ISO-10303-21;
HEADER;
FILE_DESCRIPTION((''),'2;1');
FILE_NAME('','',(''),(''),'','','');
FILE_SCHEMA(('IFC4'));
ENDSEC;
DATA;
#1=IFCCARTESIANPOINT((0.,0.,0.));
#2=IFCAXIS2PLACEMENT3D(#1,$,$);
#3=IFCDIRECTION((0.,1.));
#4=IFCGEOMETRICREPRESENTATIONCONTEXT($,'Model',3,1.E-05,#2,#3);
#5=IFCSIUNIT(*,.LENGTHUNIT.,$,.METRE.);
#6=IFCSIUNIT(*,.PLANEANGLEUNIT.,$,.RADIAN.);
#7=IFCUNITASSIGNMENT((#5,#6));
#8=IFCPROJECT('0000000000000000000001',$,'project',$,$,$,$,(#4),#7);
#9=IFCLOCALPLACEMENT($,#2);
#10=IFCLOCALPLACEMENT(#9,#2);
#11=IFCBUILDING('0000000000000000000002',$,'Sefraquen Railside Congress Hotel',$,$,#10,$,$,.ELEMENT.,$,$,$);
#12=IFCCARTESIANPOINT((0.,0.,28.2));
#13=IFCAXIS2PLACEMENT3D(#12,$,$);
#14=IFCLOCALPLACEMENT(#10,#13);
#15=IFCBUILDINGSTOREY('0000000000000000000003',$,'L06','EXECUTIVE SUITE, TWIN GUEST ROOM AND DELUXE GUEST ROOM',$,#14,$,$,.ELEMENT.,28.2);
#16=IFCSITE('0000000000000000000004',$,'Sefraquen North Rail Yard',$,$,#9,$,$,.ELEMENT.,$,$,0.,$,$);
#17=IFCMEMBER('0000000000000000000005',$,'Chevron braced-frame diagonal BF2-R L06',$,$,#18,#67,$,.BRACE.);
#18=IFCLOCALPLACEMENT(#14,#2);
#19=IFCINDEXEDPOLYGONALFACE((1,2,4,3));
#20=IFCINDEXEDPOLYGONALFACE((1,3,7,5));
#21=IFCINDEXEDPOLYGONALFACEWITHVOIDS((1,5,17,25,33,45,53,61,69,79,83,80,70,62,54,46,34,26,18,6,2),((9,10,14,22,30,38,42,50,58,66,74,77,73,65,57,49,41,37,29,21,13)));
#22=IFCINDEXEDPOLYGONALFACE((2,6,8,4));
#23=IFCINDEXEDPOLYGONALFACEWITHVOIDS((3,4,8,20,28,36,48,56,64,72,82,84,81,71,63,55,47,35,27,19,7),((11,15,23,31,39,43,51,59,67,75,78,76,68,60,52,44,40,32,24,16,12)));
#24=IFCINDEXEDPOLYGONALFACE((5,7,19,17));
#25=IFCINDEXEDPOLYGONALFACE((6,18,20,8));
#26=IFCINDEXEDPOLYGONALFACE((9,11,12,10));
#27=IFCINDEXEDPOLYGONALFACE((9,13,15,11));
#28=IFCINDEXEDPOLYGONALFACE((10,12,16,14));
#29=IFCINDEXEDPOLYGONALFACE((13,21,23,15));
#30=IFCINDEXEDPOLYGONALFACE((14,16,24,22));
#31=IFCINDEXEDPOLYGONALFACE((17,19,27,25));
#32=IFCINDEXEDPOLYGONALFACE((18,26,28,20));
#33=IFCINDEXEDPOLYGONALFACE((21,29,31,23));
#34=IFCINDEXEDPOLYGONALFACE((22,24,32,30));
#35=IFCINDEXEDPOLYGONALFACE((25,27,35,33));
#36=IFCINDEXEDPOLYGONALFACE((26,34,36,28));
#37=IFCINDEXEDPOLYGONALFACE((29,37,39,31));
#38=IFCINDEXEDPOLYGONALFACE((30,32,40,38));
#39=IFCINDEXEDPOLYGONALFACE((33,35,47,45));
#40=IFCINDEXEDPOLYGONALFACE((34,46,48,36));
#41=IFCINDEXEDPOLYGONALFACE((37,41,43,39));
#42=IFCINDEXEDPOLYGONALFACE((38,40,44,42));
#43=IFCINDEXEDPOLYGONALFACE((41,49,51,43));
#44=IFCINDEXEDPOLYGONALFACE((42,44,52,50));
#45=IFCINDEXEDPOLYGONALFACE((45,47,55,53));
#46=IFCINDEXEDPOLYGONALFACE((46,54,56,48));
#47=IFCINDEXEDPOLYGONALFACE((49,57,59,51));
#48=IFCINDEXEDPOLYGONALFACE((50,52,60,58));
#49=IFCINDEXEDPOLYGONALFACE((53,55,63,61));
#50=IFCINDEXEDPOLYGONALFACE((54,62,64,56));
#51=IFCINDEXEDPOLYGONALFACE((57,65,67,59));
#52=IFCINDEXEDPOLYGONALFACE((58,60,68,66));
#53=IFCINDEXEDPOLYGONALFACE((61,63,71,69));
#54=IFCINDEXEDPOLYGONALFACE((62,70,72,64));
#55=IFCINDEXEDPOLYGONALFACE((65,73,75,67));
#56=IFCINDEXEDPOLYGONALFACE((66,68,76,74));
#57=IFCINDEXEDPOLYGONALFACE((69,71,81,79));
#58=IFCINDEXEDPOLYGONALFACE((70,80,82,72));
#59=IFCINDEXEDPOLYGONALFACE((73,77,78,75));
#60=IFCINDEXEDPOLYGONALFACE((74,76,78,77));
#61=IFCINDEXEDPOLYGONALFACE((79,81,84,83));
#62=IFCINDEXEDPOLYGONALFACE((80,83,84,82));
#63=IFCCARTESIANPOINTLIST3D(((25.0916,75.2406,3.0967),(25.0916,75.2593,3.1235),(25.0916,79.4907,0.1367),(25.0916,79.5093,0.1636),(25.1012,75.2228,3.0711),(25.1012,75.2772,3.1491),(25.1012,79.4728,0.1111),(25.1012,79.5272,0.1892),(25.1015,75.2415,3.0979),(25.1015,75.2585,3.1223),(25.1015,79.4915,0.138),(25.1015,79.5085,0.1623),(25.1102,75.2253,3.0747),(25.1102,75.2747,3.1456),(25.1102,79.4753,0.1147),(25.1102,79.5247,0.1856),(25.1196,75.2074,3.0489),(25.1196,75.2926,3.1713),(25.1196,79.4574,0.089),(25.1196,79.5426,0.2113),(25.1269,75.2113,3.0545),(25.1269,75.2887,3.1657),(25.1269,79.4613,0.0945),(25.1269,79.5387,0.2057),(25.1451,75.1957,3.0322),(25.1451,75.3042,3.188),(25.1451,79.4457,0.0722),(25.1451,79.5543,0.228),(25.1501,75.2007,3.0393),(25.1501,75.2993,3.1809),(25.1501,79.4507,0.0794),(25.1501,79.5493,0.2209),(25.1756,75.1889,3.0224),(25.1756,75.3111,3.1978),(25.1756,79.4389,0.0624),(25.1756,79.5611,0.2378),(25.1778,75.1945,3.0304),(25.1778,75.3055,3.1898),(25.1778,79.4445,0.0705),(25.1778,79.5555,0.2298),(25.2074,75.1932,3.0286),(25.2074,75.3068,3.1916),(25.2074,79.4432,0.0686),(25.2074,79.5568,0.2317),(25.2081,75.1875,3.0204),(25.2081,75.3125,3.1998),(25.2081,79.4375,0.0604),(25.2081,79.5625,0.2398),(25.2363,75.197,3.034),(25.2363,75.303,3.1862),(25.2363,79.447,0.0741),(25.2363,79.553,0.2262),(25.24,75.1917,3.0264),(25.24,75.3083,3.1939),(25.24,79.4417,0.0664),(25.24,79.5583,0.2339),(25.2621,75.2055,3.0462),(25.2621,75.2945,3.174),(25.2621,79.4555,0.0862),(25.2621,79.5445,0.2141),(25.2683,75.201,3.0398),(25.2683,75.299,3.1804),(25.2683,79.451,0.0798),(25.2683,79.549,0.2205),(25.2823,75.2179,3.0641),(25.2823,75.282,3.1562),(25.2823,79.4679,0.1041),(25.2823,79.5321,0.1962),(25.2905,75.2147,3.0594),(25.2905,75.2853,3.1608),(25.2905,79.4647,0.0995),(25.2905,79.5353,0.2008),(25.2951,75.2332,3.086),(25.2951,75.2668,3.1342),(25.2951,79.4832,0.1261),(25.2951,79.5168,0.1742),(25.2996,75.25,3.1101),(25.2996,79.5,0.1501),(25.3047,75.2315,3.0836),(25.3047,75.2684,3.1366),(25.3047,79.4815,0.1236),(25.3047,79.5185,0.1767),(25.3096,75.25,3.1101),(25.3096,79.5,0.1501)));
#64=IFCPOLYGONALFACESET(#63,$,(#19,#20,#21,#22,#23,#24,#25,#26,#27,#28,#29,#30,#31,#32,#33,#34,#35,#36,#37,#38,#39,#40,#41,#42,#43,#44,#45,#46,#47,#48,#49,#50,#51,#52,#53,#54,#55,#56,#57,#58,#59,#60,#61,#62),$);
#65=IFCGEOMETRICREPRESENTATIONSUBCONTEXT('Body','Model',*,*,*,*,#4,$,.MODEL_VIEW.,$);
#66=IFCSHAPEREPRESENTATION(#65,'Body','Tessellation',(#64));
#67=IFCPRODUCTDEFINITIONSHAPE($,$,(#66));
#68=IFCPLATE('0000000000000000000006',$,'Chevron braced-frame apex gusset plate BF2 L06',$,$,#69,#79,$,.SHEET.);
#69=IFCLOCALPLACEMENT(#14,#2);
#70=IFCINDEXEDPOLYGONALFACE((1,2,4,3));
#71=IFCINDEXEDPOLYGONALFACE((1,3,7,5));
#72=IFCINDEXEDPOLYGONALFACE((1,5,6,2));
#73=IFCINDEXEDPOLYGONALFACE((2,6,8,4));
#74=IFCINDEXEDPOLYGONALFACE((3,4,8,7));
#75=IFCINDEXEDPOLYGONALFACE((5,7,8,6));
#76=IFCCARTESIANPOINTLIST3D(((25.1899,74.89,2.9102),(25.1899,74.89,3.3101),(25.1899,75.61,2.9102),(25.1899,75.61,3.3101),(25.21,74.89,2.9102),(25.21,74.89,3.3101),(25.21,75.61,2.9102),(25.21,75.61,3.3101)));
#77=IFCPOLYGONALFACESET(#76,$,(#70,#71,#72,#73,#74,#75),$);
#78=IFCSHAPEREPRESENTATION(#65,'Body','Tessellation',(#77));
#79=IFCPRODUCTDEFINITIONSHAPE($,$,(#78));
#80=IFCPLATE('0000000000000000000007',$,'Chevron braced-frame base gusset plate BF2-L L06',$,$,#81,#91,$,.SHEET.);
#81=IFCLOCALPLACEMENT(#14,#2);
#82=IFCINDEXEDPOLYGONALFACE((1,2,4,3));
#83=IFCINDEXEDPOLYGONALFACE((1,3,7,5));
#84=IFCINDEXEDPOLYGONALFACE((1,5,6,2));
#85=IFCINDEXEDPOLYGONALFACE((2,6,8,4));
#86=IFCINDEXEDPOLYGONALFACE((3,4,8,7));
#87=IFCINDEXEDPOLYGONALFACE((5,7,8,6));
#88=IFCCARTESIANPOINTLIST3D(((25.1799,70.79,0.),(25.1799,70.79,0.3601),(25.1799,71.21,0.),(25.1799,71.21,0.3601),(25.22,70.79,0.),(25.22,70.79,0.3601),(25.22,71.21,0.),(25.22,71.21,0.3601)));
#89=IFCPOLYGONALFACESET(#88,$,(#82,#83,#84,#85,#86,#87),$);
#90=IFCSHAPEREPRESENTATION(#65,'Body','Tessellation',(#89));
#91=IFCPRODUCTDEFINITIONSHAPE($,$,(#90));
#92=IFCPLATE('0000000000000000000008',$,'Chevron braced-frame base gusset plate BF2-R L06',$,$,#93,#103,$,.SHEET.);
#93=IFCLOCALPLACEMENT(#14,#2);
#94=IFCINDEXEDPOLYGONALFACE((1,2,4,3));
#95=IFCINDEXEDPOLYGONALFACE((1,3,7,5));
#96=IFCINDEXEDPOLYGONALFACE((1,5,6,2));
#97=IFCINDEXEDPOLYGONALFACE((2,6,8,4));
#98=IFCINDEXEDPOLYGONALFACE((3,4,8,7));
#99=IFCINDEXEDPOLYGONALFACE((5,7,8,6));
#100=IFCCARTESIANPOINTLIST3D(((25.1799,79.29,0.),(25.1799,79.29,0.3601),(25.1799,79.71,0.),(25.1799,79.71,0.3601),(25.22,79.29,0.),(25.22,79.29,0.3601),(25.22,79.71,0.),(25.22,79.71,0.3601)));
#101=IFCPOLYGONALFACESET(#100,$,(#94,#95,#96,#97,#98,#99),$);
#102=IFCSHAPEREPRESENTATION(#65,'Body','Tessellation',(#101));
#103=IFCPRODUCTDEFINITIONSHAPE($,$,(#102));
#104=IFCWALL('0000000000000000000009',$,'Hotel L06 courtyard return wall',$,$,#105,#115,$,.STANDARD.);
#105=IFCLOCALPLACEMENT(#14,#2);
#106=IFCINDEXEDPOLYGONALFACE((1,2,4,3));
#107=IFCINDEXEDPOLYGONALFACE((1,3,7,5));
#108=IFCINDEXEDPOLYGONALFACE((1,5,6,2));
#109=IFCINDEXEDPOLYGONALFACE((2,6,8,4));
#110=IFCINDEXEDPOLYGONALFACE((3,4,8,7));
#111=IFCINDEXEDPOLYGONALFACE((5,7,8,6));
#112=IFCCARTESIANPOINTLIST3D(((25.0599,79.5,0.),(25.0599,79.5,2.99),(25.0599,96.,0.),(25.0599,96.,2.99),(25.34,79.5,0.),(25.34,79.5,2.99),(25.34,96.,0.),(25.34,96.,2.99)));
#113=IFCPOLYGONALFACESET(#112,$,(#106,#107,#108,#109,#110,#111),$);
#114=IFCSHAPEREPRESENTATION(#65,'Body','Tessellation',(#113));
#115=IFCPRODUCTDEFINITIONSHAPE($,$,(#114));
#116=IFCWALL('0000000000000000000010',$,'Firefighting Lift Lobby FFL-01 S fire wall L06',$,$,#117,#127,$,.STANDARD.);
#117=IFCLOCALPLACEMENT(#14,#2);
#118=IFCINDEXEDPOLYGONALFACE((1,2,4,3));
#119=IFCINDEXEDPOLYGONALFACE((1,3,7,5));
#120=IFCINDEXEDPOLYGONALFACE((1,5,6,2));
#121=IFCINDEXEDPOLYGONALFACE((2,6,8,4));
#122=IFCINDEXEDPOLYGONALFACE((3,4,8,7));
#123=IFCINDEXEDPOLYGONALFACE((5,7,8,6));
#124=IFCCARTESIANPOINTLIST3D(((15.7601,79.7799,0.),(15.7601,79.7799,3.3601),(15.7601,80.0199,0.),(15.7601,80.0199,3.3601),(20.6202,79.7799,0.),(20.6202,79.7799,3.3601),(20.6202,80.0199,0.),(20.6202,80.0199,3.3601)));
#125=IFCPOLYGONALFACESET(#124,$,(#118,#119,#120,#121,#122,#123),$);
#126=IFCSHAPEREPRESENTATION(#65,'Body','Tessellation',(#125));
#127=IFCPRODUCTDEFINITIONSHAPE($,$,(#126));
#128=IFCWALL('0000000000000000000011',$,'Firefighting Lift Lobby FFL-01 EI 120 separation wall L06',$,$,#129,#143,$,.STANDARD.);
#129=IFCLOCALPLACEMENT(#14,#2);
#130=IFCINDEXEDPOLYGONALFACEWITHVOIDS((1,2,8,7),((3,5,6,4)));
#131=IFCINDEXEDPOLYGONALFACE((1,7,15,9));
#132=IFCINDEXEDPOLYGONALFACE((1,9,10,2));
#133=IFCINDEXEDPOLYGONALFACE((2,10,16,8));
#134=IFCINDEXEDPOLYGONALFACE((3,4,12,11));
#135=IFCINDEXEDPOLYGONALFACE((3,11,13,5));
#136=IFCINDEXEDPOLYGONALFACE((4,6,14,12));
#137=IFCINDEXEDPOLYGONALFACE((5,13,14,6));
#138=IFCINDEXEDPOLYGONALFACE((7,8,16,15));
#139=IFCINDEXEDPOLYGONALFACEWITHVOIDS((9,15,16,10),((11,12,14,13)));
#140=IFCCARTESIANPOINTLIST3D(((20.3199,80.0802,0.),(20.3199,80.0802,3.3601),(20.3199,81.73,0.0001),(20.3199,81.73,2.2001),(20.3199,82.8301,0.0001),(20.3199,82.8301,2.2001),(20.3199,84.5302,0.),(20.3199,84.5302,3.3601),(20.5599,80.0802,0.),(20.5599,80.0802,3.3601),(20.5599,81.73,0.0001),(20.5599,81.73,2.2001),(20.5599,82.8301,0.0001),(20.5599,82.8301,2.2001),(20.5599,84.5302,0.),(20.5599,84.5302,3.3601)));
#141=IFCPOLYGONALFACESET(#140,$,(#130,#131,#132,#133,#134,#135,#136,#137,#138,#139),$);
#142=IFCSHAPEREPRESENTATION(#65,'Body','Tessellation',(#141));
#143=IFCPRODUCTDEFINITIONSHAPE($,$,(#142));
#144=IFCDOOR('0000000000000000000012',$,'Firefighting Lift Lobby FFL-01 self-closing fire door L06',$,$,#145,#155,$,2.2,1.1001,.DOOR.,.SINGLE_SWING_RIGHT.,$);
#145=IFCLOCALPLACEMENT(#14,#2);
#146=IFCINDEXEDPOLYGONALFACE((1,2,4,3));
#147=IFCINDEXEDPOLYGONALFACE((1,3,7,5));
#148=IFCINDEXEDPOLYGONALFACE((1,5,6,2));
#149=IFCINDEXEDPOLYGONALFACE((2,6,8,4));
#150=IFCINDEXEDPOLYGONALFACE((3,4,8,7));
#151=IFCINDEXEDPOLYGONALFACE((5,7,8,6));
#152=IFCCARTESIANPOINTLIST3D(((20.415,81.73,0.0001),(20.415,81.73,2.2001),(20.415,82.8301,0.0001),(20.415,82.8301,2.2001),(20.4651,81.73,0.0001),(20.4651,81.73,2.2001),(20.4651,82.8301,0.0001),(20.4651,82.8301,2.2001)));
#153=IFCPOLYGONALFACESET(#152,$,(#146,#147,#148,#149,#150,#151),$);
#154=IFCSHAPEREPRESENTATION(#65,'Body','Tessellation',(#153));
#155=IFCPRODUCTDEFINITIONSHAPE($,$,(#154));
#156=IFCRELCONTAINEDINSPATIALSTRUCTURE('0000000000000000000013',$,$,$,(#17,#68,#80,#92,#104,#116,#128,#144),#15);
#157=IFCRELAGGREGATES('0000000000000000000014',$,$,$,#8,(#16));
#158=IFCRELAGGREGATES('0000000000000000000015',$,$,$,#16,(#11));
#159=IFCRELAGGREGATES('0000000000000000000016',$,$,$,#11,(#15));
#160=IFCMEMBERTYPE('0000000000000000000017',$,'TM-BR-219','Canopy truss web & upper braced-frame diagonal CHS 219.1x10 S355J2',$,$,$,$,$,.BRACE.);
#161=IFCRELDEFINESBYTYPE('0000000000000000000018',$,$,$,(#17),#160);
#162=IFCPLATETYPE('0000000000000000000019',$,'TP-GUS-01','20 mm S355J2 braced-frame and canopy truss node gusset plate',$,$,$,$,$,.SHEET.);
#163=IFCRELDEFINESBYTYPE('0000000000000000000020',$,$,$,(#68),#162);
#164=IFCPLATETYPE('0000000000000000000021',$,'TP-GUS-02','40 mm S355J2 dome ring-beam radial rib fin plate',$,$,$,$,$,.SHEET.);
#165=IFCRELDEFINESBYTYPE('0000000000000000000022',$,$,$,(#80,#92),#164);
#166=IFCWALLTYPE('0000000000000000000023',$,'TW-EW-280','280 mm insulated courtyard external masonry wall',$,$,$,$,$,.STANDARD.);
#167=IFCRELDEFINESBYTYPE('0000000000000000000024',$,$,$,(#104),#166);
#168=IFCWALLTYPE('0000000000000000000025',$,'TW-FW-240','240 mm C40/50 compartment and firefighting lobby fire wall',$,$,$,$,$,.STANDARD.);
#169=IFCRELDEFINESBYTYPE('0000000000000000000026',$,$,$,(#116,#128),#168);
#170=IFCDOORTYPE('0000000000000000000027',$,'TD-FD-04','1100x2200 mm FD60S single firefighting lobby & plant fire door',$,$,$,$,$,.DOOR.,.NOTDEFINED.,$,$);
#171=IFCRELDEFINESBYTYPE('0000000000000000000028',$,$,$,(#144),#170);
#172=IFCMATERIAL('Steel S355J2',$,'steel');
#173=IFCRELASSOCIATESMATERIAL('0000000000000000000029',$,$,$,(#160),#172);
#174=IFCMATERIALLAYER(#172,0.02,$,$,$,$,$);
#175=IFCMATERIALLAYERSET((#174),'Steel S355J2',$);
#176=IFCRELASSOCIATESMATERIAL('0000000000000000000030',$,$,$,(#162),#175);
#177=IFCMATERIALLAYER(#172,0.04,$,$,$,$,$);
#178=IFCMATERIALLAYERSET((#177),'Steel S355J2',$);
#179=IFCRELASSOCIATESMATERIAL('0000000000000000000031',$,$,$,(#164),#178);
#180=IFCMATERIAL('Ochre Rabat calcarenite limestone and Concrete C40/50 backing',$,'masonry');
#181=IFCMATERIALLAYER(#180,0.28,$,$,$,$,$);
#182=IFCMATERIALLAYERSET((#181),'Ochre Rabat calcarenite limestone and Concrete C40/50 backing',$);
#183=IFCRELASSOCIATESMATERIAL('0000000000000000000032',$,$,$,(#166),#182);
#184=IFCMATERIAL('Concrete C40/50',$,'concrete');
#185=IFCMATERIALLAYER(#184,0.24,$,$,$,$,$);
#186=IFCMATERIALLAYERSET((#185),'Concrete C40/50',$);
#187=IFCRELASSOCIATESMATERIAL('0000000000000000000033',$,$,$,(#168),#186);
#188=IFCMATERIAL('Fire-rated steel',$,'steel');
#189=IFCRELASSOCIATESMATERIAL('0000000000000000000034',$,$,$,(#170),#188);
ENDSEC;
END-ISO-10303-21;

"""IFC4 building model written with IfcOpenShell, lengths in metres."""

from ifc_helpers import new_model, si_unit, direction, frame, frame_2d, origin, origin_2d, place, context, subcontext, project, spatial, rectangle, hollow_circle, extrude, material, layer, layer_set, material_profile, profile_set, type_object, element, fill, save


model = new_model("IFC4")

# Units and contexts
model_context = context("Model", 3, precision=1e-05, world=origin(), true_north=direction((0.0, 1.0)))
body_context = subcontext(model_context, "Body", "Model", "MODEL_VIEW")
ifc_project = project(units=[si_unit("LENGTHUNIT", "METRE"), si_unit("PLANEANGLEUNIT", "RADIAN")], contexts=[model_context])

# Site, building, storey
site_placement = place(None, origin())
site = spatial("IfcSite", under=ifc_project, at=site_placement, Name="Sefraquen North Rail Yard", CompositionType="ELEMENT", RefElevation=0.0)
building_placement = place(site_placement, origin())
building = spatial("IfcBuilding", under=site, at=building_placement, Name="Sefraquen Railside Congress Hotel", CompositionType="ELEMENT")
storey_placement = place(building_placement, frame((0.0, 0.0, 28.2)))
storey = spatial("IfcBuildingStorey", under=building, at=storey_placement, Name="L06", Description="EXECUTIVE SUITE, TWIN GUEST ROOM AND DELUXE GUEST ROOM", CompositionType="ELEMENT", Elevation=28.2)

# Member
ifc_material_1 = material(Name="Steel S355J2", Category="steel")
ifc_material_profile_1 = material_profile(ifc_material_1, hollow_circle(Radius=0.1096, WallThickness=0.01, at=origin_2d()), Name="CHS 219.1x10")
ifc_profile_set_1 = profile_set([ifc_material_profile_1], Name="Steel S355J2")
member_type = type_object("IfcMemberType", Name="TM-BR-219", Description="Canopy truss web & upper braced-frame diagonal CHS 219.1x10 S355J2", PredefinedType="BRACE", material=ifc_profile_set_1)
for number, where, z_axis, x_axis, name in (
    (1, (25.2, 79.5, 0.1501), (0.0, -0.820594, 0.571512), (1.0, 0.0, 0.0), "Chevron braced-frame diagonal BF2-R L06"),
):
    element("IfcMember", number, at=place(storey_placement, frame(where, z_axis=z_axis, x_axis=x_axis)), inside=storey, type_object=member_type, Name=name, PredefinedType="BRACE", context=body_context, shape_type="SweptSolid", body=[
        extrude(hollow_circle(Radius=0.1096, WallThickness=0.01, at=origin_2d()), origin(), (0.0, 0.0, 1.0), 5.1792),
    ])

# Plates
ifc_layer_1 = layer(ifc_material_1, 0.02)
ifc_layer_set_1 = layer_set([ifc_layer_1], Name="Steel S355J2")
plate_type_1 = type_object("IfcPlateType", Name="TP-GUS-01", Description="20 mm S355J2 braced-frame and canopy truss node gusset plate", PredefinedType="SHEET", material=ifc_layer_set_1)
plate_placement = place(storey_placement, frame((25.2, 75.25, 2.9102), z_axis=(0.0, 0.0, 1.0), x_axis=(0.0, 1.0, 0.0)))
element("IfcPlate", 2, at=plate_placement, inside=storey, type_object=plate_type_1, Name="Chevron braced-frame apex gusset plate BF2 L06", PredefinedType="SHEET", context=body_context, shape_type="SweptSolid", body=[
    extrude(rectangle(XDim=0.72, YDim=0.02, at=origin_2d()), origin(), (0.0, 0.0, 1.0), 0.3999),
])
ifc_layer_2 = layer(ifc_material_1, 0.04)
ifc_layer_set_2 = layer_set([ifc_layer_2], Name="Steel S355J2")
plate_type_2 = type_object("IfcPlateType", Name="TP-GUS-02", Description="40 mm S355J2 dome ring-beam radial rib fin plate", PredefinedType="SHEET", material=ifc_layer_set_2)
for number, where, z_axis, x_axis, name in (
    (3, (25.2, 71.0, 0.0), (0.0, 0.0, 1.0), (0.0, 1.0, 0.0), "Chevron braced-frame base gusset plate BF2-L L06"),
    (4, (25.2, 79.5, 0.0), (0.0, 0.0, 1.0), (0.0, 1.0, 0.0), "Chevron braced-frame base gusset plate BF2-R L06"),
):
    element("IfcPlate", number, at=place(storey_placement, frame(where, z_axis=z_axis, x_axis=x_axis)), inside=storey, type_object=plate_type_2, Name=name, PredefinedType="SHEET", context=body_context, shape_type="SweptSolid", body=[
        extrude(rectangle(XDim=0.4199, YDim=0.04, at=origin_2d()), origin(), (0.0, 0.0, 1.0), 0.3601),
    ])

# Walls
ifc_material_2 = material(Name="Ochre Rabat calcarenite limestone and Concrete C40/50 backing", Category="masonry")
ifc_layer_3 = layer(ifc_material_2, 0.28)
ifc_layer_set_3 = layer_set([ifc_layer_3], Name="Ochre Rabat calcarenite limestone and Concrete C40/50 backing")
wall_type_1 = type_object("IfcWallType", Name="TW-EW-280", Description="280 mm insulated courtyard external masonry wall", PredefinedType="STANDARD", material=ifc_layer_set_3)
wall_1_placement = place(storey_placement, frame((25.2, 79.5, 0.0), z_axis=(0.0, 0.0, 1.0), x_axis=(0.0, 1.0, 0.0)))
element("IfcWall", 5, at=wall_1_placement, inside=storey, type_object=wall_type_1, Name="Hotel L06 courtyard return wall", PredefinedType="STANDARD", context=body_context, shape_type="SweptSolid", body=[
    extrude(rectangle(XDim=16.5, YDim=0.28, at=frame_2d((8.25, 0.0))), origin(), (0.0, 0.0, 1.0), 2.99),
])
ifc_material_3 = material(Name="Concrete C40/50", Category="concrete")
ifc_layer_4 = layer(ifc_material_3, 0.24)
ifc_layer_set_4 = layer_set([ifc_layer_4], Name="Concrete C40/50")
wall_type_2 = type_object("IfcWallType", Name="TW-FW-240", Description="240 mm C40/50 compartment and firefighting lobby fire wall", PredefinedType="STANDARD", material=ifc_layer_set_4)
wall_2_placement = place(storey_placement, frame((15.76, 79.8999, 0.0), z_axis=(0.0, 0.0, 1.0), x_axis=(1.0, 0.0, 0.0)))
element("IfcWall", 6, at=wall_2_placement, inside=storey, type_object=wall_type_2, Name="Firefighting Lift Lobby FFL-01 S fire wall L06", PredefinedType="STANDARD", context=body_context, shape_type="SweptSolid", body=[
    extrude(rectangle(XDim=4.8601, YDim=0.24, at=frame_2d((2.4302, 0.0))), origin(), (0.0, 0.0, 1.0), 3.3601),
])

# Wall, opening, door
wall_3_placement = place(storey_placement, frame((20.4399, 80.0801, 0.0), z_axis=(0.0, 0.0, 1.0), x_axis=(0.0, 1.0, 0.0)))
wall_3 = element("IfcWall", 7, at=wall_3_placement, inside=storey, type_object=wall_type_2, Name="Firefighting Lift Lobby FFL-01 EI 120 separation wall L06", PredefinedType="STANDARD", context=body_context, shape_type="SweptSolid", body=[
    extrude(rectangle(XDim=4.45, YDim=0.24, at=frame_2d((2.2251, 0.0))), origin(), (0.0, 0.0, 1.0), 3.3601),
])
opening_placement = place(wall_3_placement, frame((1.6499, 0.0, 0.0)))
opening = element("IfcOpeningElement", 8, at=opening_placement, cuts=wall_3, PredefinedType="OPENING", context=body_context, shape_type="SweptSolid", body=[
    extrude(rectangle(XDim=1.1001, YDim=2.2, at=frame_2d((0.55, 1.1001))), frame((0.0, 0.1299, 0.0), z_axis=(0.0, -1.0, 0.0), x_axis=(1.0, 0.0, 0.0)), (0.0, 0.0, 1.0), 0.26),
])
ifc_material_4 = material(Name="Fire-rated steel", Category="steel")
door_type = type_object("IfcDoorType", Name="TD-FD-04", Description="1100x2200 mm FD60S single firefighting lobby & plant fire door", OperationType="NOTDEFINED", PredefinedType="DOOR", material=ifc_material_4)
door_placement = place(opening_placement, origin())
door = element("IfcDoor", 9, at=door_placement, inside=storey, type_object=door_type, Name="Firefighting Lift Lobby FFL-01 self-closing fire door L06", OperationType="SINGLE_SWING_RIGHT", OverallHeight=2.2, OverallWidth=1.1001, PredefinedType="DOOR", context=body_context, shape_type="SweptSolid", body=[
    extrude(rectangle(XDim=1.1001, YDim=2.2, at=frame_2d((0.55, 1.1001))), frame((0.0, 0.0249, 0.0), z_axis=(0.0, -1.0, 0.0), x_axis=(1.0, 0.0, 0.0)), (0.0, 0.0, 1.0), 0.05),
])
fill(opening, door)

save(model, "model.ifc")
